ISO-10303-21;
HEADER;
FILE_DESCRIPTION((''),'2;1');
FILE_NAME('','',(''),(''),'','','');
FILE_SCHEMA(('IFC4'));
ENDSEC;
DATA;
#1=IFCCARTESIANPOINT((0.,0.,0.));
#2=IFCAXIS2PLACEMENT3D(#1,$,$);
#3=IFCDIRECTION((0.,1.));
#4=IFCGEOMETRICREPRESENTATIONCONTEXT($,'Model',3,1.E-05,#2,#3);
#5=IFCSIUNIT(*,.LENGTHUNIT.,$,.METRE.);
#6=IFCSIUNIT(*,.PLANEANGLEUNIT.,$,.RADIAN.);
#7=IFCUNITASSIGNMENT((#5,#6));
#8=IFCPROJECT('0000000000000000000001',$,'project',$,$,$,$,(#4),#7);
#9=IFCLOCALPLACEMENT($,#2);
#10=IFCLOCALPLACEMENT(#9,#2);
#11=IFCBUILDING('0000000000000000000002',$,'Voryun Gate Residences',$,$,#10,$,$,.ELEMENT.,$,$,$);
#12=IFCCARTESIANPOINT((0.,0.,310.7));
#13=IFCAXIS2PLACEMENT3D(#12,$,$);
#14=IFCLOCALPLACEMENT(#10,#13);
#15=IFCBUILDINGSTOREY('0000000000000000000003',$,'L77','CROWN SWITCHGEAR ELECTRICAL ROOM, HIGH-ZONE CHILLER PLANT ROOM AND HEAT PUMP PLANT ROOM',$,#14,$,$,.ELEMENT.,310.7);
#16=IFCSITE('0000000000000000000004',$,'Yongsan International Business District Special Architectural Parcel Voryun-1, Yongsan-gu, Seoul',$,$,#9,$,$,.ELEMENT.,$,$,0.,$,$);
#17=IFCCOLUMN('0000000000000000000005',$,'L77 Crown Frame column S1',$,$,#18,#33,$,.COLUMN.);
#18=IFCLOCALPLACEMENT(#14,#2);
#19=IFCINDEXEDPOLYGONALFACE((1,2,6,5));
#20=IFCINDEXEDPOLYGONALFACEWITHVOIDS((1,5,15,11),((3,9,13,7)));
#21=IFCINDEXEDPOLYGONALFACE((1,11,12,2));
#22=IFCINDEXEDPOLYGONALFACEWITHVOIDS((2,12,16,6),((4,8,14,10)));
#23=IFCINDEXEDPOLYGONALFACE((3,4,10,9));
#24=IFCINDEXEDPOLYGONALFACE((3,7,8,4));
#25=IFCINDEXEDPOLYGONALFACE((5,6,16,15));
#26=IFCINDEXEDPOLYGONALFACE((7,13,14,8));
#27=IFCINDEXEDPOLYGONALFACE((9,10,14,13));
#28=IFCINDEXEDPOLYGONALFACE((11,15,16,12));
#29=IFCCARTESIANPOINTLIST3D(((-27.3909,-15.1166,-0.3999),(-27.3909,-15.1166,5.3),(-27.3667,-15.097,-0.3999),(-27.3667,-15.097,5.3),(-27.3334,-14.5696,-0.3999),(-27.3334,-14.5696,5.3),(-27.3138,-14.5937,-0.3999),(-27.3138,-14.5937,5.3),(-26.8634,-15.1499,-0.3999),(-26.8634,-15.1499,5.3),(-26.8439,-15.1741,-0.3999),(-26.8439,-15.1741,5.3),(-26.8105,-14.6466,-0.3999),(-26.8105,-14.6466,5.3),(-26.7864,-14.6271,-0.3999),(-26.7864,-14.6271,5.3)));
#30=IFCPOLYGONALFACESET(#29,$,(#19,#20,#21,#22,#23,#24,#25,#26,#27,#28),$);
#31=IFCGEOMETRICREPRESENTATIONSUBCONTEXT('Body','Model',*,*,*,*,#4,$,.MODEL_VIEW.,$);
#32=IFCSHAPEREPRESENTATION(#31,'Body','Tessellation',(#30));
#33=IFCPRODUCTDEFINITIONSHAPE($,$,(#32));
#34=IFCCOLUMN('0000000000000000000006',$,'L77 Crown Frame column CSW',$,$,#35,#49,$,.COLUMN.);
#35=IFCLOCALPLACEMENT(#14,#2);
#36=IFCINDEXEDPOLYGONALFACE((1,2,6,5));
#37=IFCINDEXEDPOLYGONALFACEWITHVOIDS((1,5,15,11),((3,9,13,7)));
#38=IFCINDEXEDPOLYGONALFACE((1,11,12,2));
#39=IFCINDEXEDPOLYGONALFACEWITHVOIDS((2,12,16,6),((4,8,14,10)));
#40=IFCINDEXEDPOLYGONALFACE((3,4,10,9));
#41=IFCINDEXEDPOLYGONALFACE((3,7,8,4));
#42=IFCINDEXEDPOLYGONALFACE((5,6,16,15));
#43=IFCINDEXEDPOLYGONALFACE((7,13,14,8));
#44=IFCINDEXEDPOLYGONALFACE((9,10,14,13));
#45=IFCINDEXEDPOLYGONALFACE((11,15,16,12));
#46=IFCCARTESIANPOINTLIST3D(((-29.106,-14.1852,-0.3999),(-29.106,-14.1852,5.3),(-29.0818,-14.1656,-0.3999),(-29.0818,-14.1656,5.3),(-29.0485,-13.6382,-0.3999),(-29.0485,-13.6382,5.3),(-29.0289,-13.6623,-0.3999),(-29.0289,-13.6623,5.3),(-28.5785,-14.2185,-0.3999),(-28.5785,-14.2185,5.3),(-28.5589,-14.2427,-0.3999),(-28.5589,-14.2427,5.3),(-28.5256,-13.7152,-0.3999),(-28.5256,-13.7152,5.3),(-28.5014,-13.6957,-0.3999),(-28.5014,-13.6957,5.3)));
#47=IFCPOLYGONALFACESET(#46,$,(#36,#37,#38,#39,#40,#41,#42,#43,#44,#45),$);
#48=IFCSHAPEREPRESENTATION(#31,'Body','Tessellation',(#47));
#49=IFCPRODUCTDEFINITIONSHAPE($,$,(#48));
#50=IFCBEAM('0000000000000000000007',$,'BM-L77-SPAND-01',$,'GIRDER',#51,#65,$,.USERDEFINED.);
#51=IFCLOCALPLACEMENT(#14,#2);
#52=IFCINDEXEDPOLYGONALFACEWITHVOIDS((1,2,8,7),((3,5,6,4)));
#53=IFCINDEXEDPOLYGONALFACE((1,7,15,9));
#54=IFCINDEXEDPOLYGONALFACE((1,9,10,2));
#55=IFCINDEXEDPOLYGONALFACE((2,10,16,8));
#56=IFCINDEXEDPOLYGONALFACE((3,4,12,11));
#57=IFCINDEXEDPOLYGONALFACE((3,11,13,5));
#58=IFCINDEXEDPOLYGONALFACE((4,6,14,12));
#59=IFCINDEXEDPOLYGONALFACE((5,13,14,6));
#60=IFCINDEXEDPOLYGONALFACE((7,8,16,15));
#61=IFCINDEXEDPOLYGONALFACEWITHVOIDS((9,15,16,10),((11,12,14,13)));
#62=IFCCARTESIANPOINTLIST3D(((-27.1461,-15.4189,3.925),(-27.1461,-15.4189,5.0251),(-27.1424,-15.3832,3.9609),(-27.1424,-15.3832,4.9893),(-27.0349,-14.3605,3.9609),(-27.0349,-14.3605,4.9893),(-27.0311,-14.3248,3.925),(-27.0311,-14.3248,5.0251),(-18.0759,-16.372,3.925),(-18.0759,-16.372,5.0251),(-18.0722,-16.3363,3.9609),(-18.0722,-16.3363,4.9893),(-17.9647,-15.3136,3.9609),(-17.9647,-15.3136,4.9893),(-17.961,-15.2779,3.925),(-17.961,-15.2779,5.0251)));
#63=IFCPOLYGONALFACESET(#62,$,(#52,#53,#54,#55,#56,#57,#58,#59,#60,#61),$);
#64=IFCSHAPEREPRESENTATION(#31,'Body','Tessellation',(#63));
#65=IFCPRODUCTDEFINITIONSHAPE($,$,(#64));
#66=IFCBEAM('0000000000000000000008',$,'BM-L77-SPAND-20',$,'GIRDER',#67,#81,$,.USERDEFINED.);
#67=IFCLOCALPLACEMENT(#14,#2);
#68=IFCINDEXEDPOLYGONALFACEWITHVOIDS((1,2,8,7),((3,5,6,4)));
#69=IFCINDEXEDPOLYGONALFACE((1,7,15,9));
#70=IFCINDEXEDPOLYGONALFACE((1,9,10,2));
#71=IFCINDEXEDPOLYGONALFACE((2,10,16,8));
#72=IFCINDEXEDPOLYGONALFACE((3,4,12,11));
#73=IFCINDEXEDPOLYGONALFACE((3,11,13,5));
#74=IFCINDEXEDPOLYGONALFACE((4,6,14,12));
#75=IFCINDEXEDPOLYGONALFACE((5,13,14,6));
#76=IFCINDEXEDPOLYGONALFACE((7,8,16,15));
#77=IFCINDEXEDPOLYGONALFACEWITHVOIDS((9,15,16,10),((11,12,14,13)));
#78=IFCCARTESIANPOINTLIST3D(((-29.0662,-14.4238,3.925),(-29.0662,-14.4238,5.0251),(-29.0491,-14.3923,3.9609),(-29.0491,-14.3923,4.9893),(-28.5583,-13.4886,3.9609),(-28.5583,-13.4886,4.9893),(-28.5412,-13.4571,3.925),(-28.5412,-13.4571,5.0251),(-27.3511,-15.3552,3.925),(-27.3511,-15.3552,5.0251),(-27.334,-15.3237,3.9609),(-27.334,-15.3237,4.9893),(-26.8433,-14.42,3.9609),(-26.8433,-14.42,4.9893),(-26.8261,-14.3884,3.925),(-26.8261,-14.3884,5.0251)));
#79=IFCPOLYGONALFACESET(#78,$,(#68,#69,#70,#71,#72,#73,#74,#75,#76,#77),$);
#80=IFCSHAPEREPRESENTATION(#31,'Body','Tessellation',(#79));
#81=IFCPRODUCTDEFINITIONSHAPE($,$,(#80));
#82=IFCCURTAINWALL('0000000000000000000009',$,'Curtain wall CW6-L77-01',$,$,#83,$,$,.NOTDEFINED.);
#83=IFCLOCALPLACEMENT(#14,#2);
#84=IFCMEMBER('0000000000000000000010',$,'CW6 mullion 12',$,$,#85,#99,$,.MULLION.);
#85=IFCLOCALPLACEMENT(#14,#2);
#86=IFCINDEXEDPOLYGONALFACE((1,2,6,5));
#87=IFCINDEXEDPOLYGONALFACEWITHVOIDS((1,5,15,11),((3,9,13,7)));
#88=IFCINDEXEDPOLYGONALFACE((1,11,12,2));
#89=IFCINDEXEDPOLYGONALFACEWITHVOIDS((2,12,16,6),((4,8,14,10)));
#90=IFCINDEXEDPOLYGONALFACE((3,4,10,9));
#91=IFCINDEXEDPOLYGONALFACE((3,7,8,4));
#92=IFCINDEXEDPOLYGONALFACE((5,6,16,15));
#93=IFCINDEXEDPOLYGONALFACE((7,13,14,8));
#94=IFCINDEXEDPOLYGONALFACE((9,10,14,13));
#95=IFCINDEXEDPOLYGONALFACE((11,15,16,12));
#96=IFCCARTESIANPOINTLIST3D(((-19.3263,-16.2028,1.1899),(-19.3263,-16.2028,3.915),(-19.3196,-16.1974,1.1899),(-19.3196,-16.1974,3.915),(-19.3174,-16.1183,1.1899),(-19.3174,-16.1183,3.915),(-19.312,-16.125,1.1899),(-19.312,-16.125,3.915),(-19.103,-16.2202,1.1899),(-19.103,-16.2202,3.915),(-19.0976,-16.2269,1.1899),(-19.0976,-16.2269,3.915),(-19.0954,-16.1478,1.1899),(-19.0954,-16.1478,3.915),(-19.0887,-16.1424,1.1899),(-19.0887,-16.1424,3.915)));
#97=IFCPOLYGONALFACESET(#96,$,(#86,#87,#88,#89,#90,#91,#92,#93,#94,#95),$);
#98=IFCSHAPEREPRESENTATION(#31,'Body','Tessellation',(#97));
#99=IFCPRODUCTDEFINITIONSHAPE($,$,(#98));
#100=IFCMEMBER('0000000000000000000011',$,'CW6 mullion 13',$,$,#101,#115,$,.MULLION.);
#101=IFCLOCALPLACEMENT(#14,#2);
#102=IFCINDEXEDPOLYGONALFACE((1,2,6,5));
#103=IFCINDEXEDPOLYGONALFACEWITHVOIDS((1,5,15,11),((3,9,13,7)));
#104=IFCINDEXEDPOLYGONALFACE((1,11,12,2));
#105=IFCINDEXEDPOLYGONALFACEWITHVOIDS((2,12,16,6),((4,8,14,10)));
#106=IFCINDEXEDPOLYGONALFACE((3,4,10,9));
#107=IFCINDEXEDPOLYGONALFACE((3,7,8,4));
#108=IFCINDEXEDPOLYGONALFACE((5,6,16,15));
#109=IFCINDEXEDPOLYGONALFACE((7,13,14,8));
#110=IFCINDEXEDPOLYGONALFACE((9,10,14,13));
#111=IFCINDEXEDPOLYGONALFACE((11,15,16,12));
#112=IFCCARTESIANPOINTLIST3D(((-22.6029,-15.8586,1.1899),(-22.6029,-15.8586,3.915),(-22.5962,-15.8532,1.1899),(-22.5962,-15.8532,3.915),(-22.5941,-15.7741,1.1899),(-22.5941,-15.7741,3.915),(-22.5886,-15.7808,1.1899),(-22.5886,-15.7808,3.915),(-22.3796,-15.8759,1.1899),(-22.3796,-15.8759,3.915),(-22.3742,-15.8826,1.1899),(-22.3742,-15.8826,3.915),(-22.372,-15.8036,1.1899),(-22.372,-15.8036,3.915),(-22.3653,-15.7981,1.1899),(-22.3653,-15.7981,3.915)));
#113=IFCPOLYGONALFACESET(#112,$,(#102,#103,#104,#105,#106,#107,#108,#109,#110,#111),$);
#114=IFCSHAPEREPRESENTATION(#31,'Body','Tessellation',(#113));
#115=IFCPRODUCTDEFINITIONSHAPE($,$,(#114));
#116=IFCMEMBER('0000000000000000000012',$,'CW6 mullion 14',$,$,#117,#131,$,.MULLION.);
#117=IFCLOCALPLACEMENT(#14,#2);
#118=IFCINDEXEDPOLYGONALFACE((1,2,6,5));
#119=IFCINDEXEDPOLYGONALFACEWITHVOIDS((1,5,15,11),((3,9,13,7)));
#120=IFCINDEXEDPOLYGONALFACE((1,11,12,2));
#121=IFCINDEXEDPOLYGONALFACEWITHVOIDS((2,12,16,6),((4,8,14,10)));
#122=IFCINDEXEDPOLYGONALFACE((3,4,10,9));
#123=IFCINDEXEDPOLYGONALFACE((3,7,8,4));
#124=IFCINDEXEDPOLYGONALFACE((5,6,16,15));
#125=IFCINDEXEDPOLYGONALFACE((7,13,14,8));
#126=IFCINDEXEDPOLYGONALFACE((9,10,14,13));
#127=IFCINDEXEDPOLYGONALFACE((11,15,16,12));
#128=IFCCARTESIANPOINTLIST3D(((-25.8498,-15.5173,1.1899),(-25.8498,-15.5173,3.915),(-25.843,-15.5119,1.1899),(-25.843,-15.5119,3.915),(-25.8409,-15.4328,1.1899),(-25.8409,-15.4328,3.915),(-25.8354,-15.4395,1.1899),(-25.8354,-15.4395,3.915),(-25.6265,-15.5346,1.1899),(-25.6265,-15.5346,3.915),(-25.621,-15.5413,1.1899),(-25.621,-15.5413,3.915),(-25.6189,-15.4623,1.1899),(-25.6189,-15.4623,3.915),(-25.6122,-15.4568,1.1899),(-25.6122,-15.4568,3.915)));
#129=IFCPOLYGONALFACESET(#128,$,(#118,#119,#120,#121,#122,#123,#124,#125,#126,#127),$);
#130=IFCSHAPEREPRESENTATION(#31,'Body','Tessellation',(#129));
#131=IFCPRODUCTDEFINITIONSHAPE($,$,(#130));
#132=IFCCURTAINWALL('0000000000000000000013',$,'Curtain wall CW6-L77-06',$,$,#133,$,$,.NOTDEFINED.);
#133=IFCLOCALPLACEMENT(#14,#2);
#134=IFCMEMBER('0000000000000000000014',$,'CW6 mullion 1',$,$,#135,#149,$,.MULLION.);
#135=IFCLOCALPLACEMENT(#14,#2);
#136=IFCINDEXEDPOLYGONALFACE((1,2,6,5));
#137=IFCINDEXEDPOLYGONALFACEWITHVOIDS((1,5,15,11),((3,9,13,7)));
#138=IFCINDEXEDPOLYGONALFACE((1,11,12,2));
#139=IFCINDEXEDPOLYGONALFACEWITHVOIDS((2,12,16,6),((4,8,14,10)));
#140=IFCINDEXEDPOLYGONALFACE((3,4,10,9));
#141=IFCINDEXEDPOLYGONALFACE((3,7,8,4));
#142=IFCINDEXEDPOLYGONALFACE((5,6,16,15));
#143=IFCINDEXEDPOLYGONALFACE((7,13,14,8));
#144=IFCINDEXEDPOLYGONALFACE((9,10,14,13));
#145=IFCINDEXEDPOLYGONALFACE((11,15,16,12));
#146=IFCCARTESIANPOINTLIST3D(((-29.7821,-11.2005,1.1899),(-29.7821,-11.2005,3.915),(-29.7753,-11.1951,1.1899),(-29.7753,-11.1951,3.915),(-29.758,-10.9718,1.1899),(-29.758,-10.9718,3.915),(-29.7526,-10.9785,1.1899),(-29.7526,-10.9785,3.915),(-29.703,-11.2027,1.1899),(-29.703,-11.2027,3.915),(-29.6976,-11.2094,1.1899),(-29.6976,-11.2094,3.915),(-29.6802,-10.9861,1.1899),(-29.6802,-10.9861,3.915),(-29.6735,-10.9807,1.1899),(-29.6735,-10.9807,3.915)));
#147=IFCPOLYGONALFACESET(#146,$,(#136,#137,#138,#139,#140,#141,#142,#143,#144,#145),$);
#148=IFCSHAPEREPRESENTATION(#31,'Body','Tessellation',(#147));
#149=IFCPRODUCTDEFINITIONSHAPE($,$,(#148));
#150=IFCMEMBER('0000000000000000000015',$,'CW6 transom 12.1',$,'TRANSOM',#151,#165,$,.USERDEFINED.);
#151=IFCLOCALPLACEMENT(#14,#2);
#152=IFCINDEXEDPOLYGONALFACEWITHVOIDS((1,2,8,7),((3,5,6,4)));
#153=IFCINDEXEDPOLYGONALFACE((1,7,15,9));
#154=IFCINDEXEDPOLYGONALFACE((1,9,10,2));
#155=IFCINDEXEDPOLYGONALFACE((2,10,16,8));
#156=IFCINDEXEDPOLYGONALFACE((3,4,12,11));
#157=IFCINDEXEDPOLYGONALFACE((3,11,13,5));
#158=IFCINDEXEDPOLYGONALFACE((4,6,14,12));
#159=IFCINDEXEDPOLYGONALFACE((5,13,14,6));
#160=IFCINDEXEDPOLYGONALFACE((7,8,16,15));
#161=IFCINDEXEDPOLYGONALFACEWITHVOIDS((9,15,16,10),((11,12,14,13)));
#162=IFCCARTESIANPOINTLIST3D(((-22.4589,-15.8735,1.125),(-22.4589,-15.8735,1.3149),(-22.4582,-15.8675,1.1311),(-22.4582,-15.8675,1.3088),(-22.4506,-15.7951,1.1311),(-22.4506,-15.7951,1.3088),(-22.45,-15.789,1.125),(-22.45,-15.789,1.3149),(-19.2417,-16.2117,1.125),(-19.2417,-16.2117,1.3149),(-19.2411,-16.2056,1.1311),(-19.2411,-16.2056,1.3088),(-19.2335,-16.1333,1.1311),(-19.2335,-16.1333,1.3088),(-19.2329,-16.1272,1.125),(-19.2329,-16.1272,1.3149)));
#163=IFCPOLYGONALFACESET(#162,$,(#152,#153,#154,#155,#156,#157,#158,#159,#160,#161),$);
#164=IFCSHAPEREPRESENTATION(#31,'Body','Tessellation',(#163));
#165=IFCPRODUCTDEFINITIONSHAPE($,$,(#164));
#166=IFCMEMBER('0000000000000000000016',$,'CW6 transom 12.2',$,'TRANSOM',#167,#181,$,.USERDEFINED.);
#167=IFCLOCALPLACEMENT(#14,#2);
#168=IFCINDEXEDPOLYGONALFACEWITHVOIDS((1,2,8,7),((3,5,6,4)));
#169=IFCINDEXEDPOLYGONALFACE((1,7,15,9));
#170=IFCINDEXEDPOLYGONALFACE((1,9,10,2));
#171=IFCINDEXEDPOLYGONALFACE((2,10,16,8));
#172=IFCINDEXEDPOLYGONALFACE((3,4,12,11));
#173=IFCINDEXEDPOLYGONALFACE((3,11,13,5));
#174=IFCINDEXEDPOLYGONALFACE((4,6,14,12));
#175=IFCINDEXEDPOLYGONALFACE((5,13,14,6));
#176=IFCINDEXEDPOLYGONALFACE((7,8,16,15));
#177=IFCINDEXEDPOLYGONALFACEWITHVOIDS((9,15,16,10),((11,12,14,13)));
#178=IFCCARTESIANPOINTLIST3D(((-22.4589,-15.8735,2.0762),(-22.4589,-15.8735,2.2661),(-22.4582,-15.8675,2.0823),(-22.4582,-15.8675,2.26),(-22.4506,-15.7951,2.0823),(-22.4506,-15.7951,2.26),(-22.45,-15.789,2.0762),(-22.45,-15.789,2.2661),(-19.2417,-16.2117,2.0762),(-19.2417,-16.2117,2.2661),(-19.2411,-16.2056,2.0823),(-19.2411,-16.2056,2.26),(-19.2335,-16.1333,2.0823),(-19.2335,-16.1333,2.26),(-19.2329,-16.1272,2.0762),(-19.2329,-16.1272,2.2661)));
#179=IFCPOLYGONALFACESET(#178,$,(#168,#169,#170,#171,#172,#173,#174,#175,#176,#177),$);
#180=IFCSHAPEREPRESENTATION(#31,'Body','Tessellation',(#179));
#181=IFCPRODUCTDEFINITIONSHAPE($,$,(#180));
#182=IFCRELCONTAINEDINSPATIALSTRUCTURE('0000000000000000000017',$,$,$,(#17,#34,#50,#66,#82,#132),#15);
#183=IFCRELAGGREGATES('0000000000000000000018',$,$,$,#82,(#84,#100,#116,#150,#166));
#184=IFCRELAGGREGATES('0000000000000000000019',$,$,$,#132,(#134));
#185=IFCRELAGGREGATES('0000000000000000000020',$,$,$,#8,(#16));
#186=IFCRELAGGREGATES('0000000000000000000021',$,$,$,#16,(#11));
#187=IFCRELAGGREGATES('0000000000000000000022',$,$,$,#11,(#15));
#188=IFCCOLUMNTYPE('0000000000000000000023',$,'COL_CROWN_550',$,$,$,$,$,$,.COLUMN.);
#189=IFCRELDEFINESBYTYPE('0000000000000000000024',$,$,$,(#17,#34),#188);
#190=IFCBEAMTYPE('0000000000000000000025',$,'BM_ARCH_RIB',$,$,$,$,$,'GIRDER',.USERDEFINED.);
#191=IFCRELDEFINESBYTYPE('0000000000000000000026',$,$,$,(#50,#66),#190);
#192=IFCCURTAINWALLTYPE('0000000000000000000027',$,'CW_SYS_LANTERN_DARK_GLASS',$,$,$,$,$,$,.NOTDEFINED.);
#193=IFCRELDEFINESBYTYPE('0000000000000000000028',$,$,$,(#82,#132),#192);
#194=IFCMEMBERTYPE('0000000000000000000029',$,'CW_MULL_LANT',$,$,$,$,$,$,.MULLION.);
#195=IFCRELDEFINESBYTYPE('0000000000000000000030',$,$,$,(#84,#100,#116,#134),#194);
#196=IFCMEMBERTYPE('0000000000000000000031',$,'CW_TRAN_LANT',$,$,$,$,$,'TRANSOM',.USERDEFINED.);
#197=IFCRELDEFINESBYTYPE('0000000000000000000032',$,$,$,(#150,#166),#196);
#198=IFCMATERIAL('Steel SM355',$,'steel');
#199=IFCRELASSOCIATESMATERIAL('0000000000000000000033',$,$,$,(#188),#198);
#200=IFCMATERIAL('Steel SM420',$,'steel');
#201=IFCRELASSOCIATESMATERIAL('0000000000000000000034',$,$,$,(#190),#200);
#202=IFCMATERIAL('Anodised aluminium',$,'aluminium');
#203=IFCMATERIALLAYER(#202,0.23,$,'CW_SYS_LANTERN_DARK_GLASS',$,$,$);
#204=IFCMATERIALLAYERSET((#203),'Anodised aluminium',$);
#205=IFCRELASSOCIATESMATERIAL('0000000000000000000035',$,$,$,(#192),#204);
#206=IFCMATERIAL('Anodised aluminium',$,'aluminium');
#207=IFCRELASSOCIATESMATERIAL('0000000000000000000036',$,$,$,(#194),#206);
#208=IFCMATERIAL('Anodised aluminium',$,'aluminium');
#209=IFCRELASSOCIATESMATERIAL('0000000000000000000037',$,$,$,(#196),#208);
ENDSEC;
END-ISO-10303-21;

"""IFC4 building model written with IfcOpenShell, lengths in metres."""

from ifc_helpers import new_model, si_unit, direction, frame, origin, origin_2d, place, context, subcontext, project, spatial, hollow_rectangle, extrude, material, layer, layer_set, material_profile, profile_set, type_object, element, aggregate, save


model = new_model("IFC4")

# Units and contexts
model_context = context("Model", 3, precision=1e-05, world=origin(), true_north=direction((0.0, 1.0)))
body_context = subcontext(model_context, "Body", "Model", "MODEL_VIEW")
ifc_project = project(units=[si_unit("LENGTHUNIT", "METRE"), si_unit("PLANEANGLEUNIT", "RADIAN")], contexts=[model_context])

# Site, building, storey
site_placement = place(None, origin())
site = spatial("IfcSite", under=ifc_project, at=site_placement, Name="Yongsan International Business District Special Architectural Parcel Voryun-1, Yongsan-gu, Seoul", CompositionType="ELEMENT", RefElevation=0.0)
building_placement = place(site_placement, origin())
building = spatial("IfcBuilding", under=site, at=building_placement, Name="Voryun Gate Residences", CompositionType="ELEMENT")
storey_placement = place(building_placement, frame((0.0, 0.0, 310.7)))
storey = spatial("IfcBuildingStorey", under=building, at=storey_placement, Name="L77", Description="CROWN SWITCHGEAR ELECTRICAL ROOM, HIGH-ZONE CHILLER PLANT ROOM AND HEAT PUMP PLANT ROOM", CompositionType="ELEMENT", Elevation=310.7)

# Columns
ifc_material_1 = material(Name="Steel SM355", Category="steel")
ifc_material_profile_1 = material_profile(ifc_material_1, hollow_rectangle(XDim=0.55, YDim=0.55, WallThickness=0.022, at=origin_2d()), Name="BOX-550x550x22")
ifc_profile_set_1 = profile_set([ifc_material_profile_1], Name="Steel SM355")
column_type = type_object("IfcColumnType", Name="COL_CROWN_550", PredefinedType="COLUMN", material=ifc_profile_set_1)
for number, where, z_axis, x_axis, name in (
    (1, (-27.0886, -14.8718, -0.3999), (0.0, 0.0, 1.0), (0.994522, -0.104528, 0.0), "L77 Crown Frame column S1"),
    (2, (-28.8037, -13.9404, -0.3999), (0.0, 0.0, 1.0), (0.994522, -0.104528, 0.0), "L77 Crown Frame column CSW"),
):
    element("IfcColumn", number, at=place(storey_placement, frame(where, z_axis=z_axis, x_axis=x_axis)), inside=storey, type_object=column_type, Name=name, PredefinedType="COLUMN", context=body_context, shape_type="SweptSolid", body=[
        extrude(hollow_rectangle(XDim=0.55, YDim=0.55, WallThickness=0.022, at=origin_2d()), origin(), (0.0, 0.0, 1.0), 5.7),
    ])

# Beams
ifc_material_2 = material(Name="Steel SM420", Category="steel")
ifc_material_profile_2 = material_profile(ifc_material_2, hollow_rectangle(XDim=1.1001, YDim=1.1001, WallThickness=0.0359, at=origin_2d()), Name="BOX-1100x1100x36")
ifc_profile_set_2 = profile_set([ifc_material_profile_2], Name="Steel SM420")
beam_type = type_object("IfcBeamType", Name="BM_ARCH_RIB", ElementType="GIRDER", PredefinedType="USERDEFINED", material=ifc_profile_set_2)
beam_1_placement = place(storey_placement, frame((-27.0886, -14.8718, 4.4751), z_axis=(0.994524, -0.104509, 0.0), x_axis=(0.104509, 0.994524, 0.0)))
element("IfcBeam", 3, at=beam_1_placement, inside=storey, type_object=beam_type, Name="BM-L77-SPAND-01", ObjectType="GIRDER", PredefinedType="USERDEFINED", context=body_context, shape_type="SweptSolid", body=[
    extrude(hollow_rectangle(XDim=1.1001, YDim=1.1001, WallThickness=0.0359, at=origin_2d()), origin(), (0.0, 0.0, 1.0), 9.1201),
])
beam_2_placement = place(storey_placement, frame((-28.8037, -13.9404, 4.4751), z_axis=(0.878778, -0.47723, 0.0), x_axis=(0.47723, 0.878778, 0.0)))
element("IfcBeam", 4, at=beam_2_placement, inside=storey, type_object=beam_type, Name="BM-L77-SPAND-20", ObjectType="GIRDER", PredefinedType="USERDEFINED", context=body_context, shape_type="SweptSolid", body=[
    extrude(hollow_rectangle(XDim=1.1001, YDim=1.1001, WallThickness=0.0359, at=origin_2d()), origin(), (0.0, 0.0, 1.0), 1.9517),
])

# Curtain wall, members
ifc_material_3 = material(Name="Anodised aluminium", Category="aluminium")
ifc_layer_1 = layer(ifc_material_3, 0.23, Name="CW_SYS_LANTERN_DARK_GLASS")
ifc_layer_set_1 = layer_set([ifc_layer_1], Name="Anodised aluminium")
curtain_wall_type = type_object("IfcCurtainWallType", Name="CW_SYS_LANTERN_DARK_GLASS", PredefinedType="NOTDEFINED", material=ifc_layer_set_1)
curtain_wall_1_placement = place(storey_placement, origin())
curtain_wall_1 = element("IfcCurtainWall", 5, at=curtain_wall_1_placement, inside=storey, type_object=curtain_wall_type, Name="Curtain wall CW6-L77-01", PredefinedType="NOTDEFINED")
ifc_material_4 = material(Name="Anodised aluminium", Category="aluminium")
ifc_material_profile_3 = material_profile(ifc_material_4, hollow_rectangle(XDim=0.085, YDim=0.23, WallThickness=0.0061, at=origin_2d()), Name="ALU-MULL-230x85x6")
ifc_profile_set_3 = profile_set([ifc_material_profile_3], Name="Anodised aluminium")
member_type_1 = type_object("IfcMemberType", Name="CW_MULL_LANT", PredefinedType="MULLION", material=ifc_profile_set_3)
member_1_placement = place(storey_placement, frame((-19.2075, -16.1726, 1.1899), z_axis=(0.0, 0.0, 1.0), x_axis=(-0.104528, -0.994522, 0.0)))
member_1 = element("IfcMember", 6, at=member_1_placement, type_object=member_type_1, Name="CW6 mullion 12", PredefinedType="MULLION", context=body_context, shape_type="SweptSolid", body=[
    extrude(hollow_rectangle(XDim=0.085, YDim=0.23, WallThickness=0.0061, at=origin_2d()), origin(), (0.0, 0.0, 1.0), 2.7251),
])
member_2_placement = place(storey_placement, frame((-22.4841, -15.8284, 1.1899), z_axis=(0.0, 0.0, 1.0), x_axis=(-0.104528, -0.994522, 0.0)))
member_2 = element("IfcMember", 7, at=member_2_placement, type_object=member_type_1, Name="CW6 mullion 13", PredefinedType="MULLION", context=body_context, shape_type="SweptSolid", body=[
    extrude(hollow_rectangle(XDim=0.085, YDim=0.23, WallThickness=0.0061, at=origin_2d()), origin(), (0.0, 0.0, 1.0), 2.7251),
])
member_3_placement = place(storey_placement, frame((-25.731, -15.4871, 1.1899), z_axis=(0.0, 0.0, 1.0), x_axis=(-0.104528, -0.994522, 0.0)))
member_3 = element("IfcMember", 8, at=member_3_placement, type_object=member_type_1, Name="CW6 mullion 14", PredefinedType="MULLION", context=body_context, shape_type="SweptSolid", body=[
    extrude(hollow_rectangle(XDim=0.085, YDim=0.23, WallThickness=0.0061, at=origin_2d()), origin(), (0.0, 0.0, 1.0), 2.7251),
])

# Curtain wall, member
curtain_wall_2_placement = place(storey_placement, origin())
curtain_wall_2 = element("IfcCurtainWall", 9, at=curtain_wall_2_placement, inside=storey, type_object=curtain_wall_type, Name="Curtain wall CW6-L77-06", PredefinedType="NOTDEFINED")
member_4_placement = place(storey_placement, frame((-29.7278, -11.0906, 1.1899), z_axis=(0.0, 0.0, 1.0), x_axis=(-0.994522, 0.104528, 0.0)))
member_4 = element("IfcMember", 10, at=member_4_placement, type_object=member_type_1, Name="CW6 mullion 1", PredefinedType="MULLION", context=body_context, shape_type="SweptSolid", body=[
    extrude(hollow_rectangle(XDim=0.085, YDim=0.23, WallThickness=0.0061, at=origin_2d()), origin(), (0.0, 0.0, 1.0), 2.7251),
])

# Members
ifc_material_5 = material(Name="Anodised aluminium", Category="aluminium")
ifc_material_profile_4 = material_profile(ifc_material_5, hollow_rectangle(XDim=0.085, YDim=0.1899, WallThickness=0.0061, at=origin_2d()), Name="ALU-TRAN-190x85x6")
ifc_profile_set_4 = profile_set([ifc_material_profile_4], Name="Anodised aluminium")
member_type_2 = type_object("IfcMemberType", Name="CW_TRAN_LANT", ElementType="TRANSOM", PredefinedType="USERDEFINED", material=ifc_profile_set_4)
member_5_placement = place(storey_placement, frame((-19.2373, -16.1694, 1.22), z_axis=(-0.994522, 0.104532, 0.0), x_axis=(-0.104532, -0.994522, 0.0)))
member_5 = element("IfcMember", 11, at=member_5_placement, type_object=member_type_2, Name="CW6 transom 12.1", ObjectType="TRANSOM", PredefinedType="USERDEFINED", context=body_context, shape_type="SweptSolid", body=[
    extrude(hollow_rectangle(XDim=0.085, YDim=0.1899, WallThickness=0.0061, at=origin_2d()), origin(), (0.0, 0.0, 1.0), 3.2349),
])
member_6_placement = place(storey_placement, frame((-19.2373, -16.1694, 2.1711), z_axis=(-0.994522, 0.104532, 0.0), x_axis=(-0.104532, -0.994522, 0.0)))
member_6 = element("IfcMember", 12, at=member_6_placement, type_object=member_type_2, Name="CW6 transom 12.2", ObjectType="TRANSOM", PredefinedType="USERDEFINED", context=body_context, shape_type="SweptSolid", body=[
    extrude(hollow_rectangle(XDim=0.085, YDim=0.1899, WallThickness=0.0061, at=origin_2d()), origin(), (0.0, 0.0, 1.0), 3.2349),
])

aggregate(curtain_wall_1, [member_1, member_2, member_3, member_5, member_6])
aggregate(curtain_wall_2, [member_4])

save(model, "model.ifc")
